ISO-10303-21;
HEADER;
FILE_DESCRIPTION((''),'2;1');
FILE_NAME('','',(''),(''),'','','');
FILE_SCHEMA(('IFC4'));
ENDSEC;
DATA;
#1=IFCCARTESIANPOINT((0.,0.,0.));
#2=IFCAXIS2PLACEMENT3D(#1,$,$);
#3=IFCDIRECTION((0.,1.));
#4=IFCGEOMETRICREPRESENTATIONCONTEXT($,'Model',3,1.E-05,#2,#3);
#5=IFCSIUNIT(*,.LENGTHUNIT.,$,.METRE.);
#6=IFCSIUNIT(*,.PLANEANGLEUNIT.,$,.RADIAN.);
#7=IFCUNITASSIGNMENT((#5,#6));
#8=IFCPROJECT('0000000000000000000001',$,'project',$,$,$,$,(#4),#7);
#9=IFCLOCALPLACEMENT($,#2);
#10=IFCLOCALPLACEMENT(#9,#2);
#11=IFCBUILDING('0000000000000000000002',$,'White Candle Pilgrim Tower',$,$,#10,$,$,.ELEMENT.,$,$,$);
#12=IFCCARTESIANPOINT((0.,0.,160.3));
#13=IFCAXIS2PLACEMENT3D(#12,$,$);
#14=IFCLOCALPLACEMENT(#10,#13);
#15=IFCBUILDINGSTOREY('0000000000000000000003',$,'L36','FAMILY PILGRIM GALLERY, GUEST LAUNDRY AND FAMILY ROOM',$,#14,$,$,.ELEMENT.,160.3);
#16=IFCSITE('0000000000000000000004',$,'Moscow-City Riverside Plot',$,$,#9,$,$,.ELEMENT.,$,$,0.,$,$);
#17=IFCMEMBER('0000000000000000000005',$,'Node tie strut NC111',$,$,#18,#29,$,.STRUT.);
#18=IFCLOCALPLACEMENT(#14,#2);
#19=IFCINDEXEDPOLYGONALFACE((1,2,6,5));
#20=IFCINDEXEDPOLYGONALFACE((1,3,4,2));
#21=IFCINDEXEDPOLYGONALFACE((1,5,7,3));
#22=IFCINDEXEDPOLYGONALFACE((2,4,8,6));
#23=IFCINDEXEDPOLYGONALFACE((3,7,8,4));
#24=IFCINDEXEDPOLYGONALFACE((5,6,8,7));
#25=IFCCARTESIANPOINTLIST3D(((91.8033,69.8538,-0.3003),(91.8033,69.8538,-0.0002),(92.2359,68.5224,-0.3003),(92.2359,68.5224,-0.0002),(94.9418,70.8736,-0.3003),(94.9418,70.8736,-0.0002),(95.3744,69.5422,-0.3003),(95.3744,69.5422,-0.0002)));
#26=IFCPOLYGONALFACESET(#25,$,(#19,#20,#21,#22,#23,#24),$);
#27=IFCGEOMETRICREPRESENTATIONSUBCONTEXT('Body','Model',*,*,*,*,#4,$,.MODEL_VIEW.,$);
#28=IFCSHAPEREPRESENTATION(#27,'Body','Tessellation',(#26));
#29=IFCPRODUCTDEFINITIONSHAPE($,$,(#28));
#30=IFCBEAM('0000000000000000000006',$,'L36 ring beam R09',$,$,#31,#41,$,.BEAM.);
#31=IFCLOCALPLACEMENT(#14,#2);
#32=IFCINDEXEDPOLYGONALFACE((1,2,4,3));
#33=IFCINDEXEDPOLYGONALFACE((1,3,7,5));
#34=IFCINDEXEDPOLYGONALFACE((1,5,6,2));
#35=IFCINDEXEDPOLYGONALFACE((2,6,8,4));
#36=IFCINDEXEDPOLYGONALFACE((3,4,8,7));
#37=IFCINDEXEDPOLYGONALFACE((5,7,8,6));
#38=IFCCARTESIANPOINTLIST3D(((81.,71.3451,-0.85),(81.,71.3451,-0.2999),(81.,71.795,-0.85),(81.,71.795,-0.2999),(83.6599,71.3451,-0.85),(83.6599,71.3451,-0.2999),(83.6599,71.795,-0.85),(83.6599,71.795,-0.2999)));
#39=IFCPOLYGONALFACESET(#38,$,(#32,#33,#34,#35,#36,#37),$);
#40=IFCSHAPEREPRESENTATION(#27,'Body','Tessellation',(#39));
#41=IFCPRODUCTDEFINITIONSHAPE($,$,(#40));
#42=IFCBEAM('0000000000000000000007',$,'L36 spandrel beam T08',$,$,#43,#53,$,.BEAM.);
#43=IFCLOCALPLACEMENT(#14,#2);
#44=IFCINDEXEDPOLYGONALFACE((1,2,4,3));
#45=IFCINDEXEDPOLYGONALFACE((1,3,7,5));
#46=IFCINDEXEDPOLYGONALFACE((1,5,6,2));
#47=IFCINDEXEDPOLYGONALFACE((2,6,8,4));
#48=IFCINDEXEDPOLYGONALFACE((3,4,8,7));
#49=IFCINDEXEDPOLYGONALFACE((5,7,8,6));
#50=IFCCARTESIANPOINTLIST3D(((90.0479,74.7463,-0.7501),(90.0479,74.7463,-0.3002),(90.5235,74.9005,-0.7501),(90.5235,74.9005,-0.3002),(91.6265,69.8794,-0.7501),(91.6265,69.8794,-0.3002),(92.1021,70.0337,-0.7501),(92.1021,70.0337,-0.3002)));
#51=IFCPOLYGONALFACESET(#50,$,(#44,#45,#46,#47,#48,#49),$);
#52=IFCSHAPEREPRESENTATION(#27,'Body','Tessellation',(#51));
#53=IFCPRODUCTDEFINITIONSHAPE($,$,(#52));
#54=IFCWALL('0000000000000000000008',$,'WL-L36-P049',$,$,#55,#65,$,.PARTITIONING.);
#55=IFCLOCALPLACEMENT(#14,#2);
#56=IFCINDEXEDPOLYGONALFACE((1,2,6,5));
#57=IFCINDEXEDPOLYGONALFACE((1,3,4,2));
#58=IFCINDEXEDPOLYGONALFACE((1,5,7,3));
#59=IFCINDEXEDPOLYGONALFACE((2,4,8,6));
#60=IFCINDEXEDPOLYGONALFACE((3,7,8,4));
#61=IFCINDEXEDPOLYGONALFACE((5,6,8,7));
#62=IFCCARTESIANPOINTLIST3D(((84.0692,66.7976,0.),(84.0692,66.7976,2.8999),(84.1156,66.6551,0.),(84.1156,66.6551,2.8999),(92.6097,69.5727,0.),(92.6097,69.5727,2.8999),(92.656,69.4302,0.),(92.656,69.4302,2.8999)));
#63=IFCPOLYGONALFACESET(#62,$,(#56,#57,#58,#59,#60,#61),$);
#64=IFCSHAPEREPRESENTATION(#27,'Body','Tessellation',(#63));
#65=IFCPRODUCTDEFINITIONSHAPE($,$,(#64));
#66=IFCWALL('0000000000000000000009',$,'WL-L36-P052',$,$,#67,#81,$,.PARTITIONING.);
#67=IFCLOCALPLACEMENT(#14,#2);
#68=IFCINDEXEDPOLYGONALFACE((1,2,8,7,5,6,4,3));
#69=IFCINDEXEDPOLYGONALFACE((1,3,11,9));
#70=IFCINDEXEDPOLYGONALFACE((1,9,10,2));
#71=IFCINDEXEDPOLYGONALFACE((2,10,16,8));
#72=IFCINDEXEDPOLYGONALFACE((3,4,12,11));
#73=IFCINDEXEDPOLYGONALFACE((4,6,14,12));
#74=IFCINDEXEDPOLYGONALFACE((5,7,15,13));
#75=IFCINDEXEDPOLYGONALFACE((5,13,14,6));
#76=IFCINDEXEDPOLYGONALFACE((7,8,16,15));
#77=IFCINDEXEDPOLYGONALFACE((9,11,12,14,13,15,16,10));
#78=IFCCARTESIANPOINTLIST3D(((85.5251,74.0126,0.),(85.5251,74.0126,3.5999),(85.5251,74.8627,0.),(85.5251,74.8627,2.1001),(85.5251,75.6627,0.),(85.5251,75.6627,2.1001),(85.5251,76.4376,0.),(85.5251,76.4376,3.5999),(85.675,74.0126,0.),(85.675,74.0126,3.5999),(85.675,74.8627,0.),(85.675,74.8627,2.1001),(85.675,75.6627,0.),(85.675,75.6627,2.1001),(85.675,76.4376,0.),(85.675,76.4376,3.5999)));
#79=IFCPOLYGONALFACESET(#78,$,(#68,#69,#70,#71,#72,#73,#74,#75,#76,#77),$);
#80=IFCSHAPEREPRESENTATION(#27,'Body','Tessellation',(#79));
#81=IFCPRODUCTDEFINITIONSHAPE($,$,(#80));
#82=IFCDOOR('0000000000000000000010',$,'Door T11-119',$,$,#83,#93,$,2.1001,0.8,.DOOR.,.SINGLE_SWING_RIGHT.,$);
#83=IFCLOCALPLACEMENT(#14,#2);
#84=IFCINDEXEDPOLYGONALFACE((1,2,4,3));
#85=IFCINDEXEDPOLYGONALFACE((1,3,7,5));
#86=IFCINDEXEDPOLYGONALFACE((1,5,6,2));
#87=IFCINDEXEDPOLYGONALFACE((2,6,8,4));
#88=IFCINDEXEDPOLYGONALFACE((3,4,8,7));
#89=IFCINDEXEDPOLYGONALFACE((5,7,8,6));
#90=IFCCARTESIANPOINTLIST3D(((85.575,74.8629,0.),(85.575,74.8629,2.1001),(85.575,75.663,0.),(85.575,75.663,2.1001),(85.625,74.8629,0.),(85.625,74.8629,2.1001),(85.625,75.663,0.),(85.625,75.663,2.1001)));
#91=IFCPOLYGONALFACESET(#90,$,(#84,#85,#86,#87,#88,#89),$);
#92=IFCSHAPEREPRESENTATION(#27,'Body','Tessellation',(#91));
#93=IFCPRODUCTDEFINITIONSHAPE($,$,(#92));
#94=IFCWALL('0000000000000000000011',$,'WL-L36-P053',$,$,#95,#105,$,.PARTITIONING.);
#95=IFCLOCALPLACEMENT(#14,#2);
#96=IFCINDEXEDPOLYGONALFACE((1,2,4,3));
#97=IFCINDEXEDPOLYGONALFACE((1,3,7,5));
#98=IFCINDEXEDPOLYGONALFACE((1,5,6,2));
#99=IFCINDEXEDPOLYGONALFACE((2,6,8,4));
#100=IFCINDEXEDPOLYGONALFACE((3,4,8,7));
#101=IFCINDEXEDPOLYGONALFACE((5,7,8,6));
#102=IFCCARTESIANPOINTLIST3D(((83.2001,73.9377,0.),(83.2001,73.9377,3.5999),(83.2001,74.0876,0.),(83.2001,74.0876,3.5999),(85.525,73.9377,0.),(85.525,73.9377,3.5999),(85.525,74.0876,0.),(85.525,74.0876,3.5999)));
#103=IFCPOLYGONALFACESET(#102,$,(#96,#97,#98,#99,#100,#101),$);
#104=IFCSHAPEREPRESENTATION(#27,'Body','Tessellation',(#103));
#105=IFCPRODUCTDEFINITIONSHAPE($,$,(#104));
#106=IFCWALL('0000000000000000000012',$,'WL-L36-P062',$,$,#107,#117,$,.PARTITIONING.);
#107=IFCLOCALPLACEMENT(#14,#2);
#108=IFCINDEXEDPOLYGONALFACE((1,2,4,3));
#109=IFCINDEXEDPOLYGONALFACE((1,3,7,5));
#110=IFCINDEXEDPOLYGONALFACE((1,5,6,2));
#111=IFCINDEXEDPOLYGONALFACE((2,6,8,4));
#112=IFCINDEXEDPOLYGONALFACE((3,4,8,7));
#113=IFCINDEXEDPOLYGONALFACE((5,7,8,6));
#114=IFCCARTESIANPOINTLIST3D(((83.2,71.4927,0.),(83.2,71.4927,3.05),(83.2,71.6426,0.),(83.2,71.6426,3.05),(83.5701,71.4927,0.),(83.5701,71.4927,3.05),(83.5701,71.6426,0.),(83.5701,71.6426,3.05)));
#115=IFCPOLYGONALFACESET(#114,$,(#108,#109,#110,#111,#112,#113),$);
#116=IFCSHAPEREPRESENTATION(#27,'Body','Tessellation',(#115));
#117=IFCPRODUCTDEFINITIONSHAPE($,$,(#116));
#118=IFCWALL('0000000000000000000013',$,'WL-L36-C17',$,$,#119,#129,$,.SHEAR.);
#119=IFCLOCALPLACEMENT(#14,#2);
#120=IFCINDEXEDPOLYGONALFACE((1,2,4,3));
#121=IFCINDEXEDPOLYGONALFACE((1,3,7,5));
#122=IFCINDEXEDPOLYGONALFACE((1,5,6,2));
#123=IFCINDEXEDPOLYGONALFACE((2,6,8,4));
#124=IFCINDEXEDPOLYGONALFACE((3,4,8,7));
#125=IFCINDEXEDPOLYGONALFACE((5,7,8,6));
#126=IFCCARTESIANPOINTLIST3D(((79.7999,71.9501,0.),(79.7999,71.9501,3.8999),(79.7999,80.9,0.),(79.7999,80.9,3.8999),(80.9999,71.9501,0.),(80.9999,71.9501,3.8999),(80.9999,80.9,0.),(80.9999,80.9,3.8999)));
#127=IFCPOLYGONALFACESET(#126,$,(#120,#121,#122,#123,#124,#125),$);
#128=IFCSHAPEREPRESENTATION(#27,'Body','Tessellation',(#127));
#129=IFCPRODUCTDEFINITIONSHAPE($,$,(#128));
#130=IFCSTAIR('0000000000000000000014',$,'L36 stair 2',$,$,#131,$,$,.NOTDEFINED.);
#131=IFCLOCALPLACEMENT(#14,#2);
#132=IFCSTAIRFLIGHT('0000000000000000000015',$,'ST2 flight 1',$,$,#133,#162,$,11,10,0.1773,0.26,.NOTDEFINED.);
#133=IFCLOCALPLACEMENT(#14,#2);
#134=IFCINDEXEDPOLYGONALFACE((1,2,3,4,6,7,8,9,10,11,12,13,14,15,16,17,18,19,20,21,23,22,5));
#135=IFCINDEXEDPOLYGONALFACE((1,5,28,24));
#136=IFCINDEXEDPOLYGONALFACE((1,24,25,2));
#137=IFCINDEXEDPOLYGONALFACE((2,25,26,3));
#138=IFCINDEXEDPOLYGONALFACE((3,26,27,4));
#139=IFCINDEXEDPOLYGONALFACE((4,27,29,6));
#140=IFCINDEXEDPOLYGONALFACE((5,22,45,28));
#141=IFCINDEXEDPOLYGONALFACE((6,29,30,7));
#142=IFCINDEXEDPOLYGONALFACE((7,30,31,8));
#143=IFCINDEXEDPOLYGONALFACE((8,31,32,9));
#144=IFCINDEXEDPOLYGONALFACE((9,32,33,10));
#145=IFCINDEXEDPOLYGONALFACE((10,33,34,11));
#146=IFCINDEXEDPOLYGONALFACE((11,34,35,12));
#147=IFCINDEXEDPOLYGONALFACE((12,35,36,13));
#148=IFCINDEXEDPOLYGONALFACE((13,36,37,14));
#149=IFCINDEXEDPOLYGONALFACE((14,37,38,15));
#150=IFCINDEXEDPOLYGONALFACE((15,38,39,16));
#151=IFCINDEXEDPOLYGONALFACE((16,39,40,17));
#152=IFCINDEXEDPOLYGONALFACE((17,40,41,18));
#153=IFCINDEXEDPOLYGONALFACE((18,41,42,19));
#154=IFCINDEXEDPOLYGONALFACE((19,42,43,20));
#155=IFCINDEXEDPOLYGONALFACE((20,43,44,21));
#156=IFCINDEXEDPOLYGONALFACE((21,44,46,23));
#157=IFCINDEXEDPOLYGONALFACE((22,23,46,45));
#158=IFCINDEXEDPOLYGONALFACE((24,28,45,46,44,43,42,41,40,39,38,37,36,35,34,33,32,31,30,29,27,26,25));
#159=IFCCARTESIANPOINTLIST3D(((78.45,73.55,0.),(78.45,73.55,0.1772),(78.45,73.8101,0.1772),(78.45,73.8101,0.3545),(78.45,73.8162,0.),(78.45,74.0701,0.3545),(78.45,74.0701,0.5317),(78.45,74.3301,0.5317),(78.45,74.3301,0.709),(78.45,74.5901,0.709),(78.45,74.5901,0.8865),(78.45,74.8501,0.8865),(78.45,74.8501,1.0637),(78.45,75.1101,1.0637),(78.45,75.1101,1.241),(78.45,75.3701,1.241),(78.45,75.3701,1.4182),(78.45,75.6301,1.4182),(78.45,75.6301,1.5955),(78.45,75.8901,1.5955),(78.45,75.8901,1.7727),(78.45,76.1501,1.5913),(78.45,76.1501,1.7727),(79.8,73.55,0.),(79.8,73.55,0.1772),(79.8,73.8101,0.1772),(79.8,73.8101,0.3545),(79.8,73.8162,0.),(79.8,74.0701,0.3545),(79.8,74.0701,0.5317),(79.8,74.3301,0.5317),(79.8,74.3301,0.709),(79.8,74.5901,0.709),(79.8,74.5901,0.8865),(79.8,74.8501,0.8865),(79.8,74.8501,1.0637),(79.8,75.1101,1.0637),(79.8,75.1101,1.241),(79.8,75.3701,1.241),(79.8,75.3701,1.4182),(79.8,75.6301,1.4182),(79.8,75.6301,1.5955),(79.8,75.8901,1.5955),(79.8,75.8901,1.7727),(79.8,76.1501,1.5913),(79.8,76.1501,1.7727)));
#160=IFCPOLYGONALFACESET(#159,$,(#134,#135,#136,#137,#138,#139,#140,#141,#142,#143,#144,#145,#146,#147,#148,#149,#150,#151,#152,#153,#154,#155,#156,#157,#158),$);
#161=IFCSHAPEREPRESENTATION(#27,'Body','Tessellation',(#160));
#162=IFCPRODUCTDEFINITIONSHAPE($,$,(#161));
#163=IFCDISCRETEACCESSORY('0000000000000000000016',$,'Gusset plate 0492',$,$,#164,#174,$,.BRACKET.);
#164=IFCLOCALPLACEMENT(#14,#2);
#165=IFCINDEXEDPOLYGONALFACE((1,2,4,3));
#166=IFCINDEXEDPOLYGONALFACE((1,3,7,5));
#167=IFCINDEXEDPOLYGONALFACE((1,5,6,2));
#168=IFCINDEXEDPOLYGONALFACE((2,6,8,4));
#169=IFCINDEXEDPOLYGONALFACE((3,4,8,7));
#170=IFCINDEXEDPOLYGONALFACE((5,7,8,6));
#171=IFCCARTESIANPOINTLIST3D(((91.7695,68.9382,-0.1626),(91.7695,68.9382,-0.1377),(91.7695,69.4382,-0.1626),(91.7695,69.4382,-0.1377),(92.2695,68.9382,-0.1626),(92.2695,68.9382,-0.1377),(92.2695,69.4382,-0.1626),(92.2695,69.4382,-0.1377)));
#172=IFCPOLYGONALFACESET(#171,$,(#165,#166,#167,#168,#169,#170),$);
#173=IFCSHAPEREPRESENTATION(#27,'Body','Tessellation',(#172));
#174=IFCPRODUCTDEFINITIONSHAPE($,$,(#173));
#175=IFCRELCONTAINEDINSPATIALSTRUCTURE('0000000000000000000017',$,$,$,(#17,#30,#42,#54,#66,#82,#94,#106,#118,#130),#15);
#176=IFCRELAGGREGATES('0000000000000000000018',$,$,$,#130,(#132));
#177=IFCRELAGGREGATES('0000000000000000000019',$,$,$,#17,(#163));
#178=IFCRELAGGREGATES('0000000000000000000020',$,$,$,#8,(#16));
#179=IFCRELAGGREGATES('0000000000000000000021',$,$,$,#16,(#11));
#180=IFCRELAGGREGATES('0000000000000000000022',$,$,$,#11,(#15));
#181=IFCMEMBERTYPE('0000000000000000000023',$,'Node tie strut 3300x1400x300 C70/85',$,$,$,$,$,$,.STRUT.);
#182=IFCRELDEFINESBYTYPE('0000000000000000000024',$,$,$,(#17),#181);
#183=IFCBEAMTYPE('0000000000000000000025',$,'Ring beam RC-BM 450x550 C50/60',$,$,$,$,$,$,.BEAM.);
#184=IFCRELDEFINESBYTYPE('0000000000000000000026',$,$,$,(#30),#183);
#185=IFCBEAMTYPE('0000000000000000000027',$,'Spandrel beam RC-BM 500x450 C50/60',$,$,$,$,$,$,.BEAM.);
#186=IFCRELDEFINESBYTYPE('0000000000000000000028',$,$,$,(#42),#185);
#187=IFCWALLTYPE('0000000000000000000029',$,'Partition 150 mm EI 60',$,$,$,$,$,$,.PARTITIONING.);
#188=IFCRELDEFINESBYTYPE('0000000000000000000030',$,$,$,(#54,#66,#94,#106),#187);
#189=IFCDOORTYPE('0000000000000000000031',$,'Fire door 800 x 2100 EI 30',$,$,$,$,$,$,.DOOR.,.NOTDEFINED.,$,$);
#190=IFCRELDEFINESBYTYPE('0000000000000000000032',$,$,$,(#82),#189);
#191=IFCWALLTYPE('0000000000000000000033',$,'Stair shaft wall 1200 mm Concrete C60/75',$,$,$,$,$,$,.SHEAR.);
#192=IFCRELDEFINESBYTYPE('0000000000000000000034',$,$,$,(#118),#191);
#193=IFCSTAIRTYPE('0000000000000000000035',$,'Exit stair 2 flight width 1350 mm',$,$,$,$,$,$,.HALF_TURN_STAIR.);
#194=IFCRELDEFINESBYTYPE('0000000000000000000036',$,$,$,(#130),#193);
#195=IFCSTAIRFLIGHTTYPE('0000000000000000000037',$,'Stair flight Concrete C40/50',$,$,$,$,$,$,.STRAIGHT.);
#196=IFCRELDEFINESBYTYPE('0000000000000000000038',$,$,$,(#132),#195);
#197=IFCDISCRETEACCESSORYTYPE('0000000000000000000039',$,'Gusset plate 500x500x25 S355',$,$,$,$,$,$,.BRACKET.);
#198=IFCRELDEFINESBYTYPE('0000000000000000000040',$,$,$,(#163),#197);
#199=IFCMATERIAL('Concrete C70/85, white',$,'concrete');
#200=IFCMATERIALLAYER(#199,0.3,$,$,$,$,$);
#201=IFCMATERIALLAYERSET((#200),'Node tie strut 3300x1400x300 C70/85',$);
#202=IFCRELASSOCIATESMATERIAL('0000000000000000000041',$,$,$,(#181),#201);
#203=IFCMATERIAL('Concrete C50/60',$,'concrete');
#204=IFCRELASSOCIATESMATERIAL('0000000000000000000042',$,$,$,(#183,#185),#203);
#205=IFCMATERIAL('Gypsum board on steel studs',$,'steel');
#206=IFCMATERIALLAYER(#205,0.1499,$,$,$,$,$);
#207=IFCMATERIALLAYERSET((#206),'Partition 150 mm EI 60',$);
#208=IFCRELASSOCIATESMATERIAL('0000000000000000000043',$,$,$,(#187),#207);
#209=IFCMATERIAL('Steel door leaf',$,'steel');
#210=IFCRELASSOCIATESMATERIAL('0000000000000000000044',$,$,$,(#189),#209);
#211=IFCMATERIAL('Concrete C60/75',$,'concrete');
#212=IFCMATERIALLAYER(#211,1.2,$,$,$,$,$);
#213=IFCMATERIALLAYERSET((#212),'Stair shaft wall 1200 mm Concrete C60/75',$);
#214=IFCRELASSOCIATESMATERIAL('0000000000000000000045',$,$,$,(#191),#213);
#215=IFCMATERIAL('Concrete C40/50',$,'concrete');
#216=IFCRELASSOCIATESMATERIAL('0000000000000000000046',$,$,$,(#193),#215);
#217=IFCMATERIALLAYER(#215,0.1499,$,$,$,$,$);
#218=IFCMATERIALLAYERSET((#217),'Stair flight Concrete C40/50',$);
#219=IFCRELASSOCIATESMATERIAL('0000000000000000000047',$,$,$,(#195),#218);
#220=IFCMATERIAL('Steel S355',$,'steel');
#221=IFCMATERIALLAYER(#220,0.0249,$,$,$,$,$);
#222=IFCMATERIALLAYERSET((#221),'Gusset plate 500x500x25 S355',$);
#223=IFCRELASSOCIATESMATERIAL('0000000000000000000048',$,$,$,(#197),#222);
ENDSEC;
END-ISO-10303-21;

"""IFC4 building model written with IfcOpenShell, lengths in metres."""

from ifc_helpers import new_model, si_unit, direction, frame, frame_2d, origin, origin_2d, place, context, subcontext, project, spatial, polyline, rectangle, outline, extrude, material, layer, layer_set, material_profile, profile_set, type_object, element, fill, aggregate, save


model = new_model("IFC4")

# Units and contexts
model_context = context("Model", 3, precision=1e-05, world=origin(), true_north=direction((0.0, 1.0)))
body_context = subcontext(model_context, "Body", "Model", "MODEL_VIEW")
ifc_project = project(units=[si_unit("LENGTHUNIT", "METRE"), si_unit("PLANEANGLEUNIT", "RADIAN")], contexts=[model_context])

# Site, building, storey
site_placement = place(None, origin())
site = spatial("IfcSite", under=ifc_project, at=site_placement, Name="Moscow-City Riverside Plot", CompositionType="ELEMENT", RefElevation=0.0)
building_placement = place(site_placement, origin())
building = spatial("IfcBuilding", under=site, at=building_placement, Name="White Candle Pilgrim Tower", CompositionType="ELEMENT")
storey_placement = place(building_placement, frame((0.0, 0.0, 160.3)))
storey = spatial("IfcBuildingStorey", under=building, at=storey_placement, Name="L36", Description="FAMILY PILGRIM GALLERY, GUEST LAUNDRY AND FAMILY ROOM", CompositionType="ELEMENT", Elevation=160.3)

# Member
ifc_material_1 = material(Name="Concrete C70/85, white", Category="concrete")
ifc_layer_1 = layer(ifc_material_1, 0.3)
ifc_layer_set_1 = layer_set([ifc_layer_1], Name="Node tie strut 3300x1400x300 C70/85")
member_type_1 = type_object("IfcMemberType", Name="Node tie strut 3300x1400x300 C70/85", PredefinedType="STRUT", material=ifc_layer_set_1)
member_1_placement = place(storey_placement, frame((93.5889, 69.698, -0.3003), z_axis=(0.0, 0.0, 1.0), x_axis=(-0.309017, 0.951057, 0.0)))
member_1 = element("IfcMember", 1, at=member_1_placement, inside=storey, type_object=member_type_1, Name="Node tie strut NC111", PredefinedType="STRUT", context=body_context, shape_type="SweptSolid", body=[
    extrude(rectangle(XDim=1.3999, YDim=3.3, at=origin_2d()), origin(), (0.0, 0.0, 1.0), 0.3),
])

# Beams
ifc_material_2 = material(Name="Concrete C50/60", Category="concrete")
ifc_material_profile_1 = material_profile(ifc_material_2, rectangle(XDim=0.45, YDim=0.55, at=origin_2d()), Name="RC-BM 450x550")
ifc_profile_set_1 = profile_set([ifc_material_profile_1], Name="Concrete C50/60")
beam_type_1 = type_object("IfcBeamType", Name="Ring beam RC-BM 450x550 C50/60", PredefinedType="BEAM", material=ifc_profile_set_1)
beam_1_placement = place(storey_placement, frame((83.6599, 71.5701, -0.575), z_axis=(-1.0, 0.0, 0.0), x_axis=(0.0, -1.0, 0.0)))
element("IfcBeam", 2, at=beam_1_placement, inside=storey, type_object=beam_type_1, Name="L36 ring beam R09", PredefinedType="BEAM", context=body_context, shape_type="SweptSolid", body=[
    extrude(rectangle(XDim=0.45, YDim=0.55, at=origin_2d()), origin(), (0.0, 0.0, 1.0), 2.6599),
])
ifc_material_profile_2 = material_profile(ifc_material_2, rectangle(XDim=0.5, YDim=0.45, at=origin_2d()), Name="RC-BM 500x450")
ifc_profile_set_2 = profile_set([ifc_material_profile_2], Name="Concrete C50/60")
beam_type_2 = type_object("IfcBeamType", Name="Spandrel beam RC-BM 500x450 C50/60", PredefinedType="BEAM", material=ifc_profile_set_2)
beam_2_placement = place(storey_placement, frame((91.8643, 69.9565, -0.5251), z_axis=(-0.30853, 0.951214, 0.0), x_axis=(-0.951214, -0.30853, 0.0)))
element("IfcBeam", 3, at=beam_2_placement, inside=storey, type_object=beam_type_2, Name="L36 spandrel beam T08", PredefinedType="BEAM", context=body_context, shape_type="SweptSolid", body=[
    extrude(rectangle(XDim=0.5, YDim=0.45, at=origin_2d()), origin(), (0.0, 0.0, 1.0), 5.1165),
])

# Wall
ifc_material_3 = material(Name="Gypsum board on steel studs", Category="steel")
ifc_layer_2 = layer(ifc_material_3, 0.1499)
ifc_layer_set_2 = layer_set([ifc_layer_2], Name="Partition 150 mm EI 60")
wall_type_1 = type_object("IfcWallType", Name="Partition 150 mm EI 60", PredefinedType="PARTITIONING", material=ifc_layer_set_2)
wall_1_placement = place(storey_placement, frame((92.6328, 69.5015, 0.0), z_axis=(0.0, 0.0, 1.0), x_axis=(-0.951051, -0.309033, 0.0)))
element("IfcWall", 4, at=wall_1_placement, inside=storey, type_object=wall_type_1, Name="WL-L36-P049", PredefinedType="PARTITIONING", context=body_context, shape_type="SweptSolid", body=[
    extrude(rectangle(XDim=8.98, YDim=0.1499, at=frame_2d((4.49, 0.0))), origin(), (0.0, 0.0, 1.0), 2.8999),
])

# Wall, opening, door
wall_2_placement = place(storey_placement, frame((85.6001, 74.0127, 0.0), z_axis=(0.0, 0.0, 1.0), x_axis=(0.0, 1.0, 0.0)))
wall_2 = element("IfcWall", 5, at=wall_2_placement, inside=storey, type_object=wall_type_1, Name="WL-L36-P052", PredefinedType="PARTITIONING", context=body_context, shape_type="SweptSolid", body=[
    extrude(rectangle(XDim=2.425, YDim=0.1499, at=frame_2d((1.2124, 0.0))), origin(), (0.0, 0.0, 1.0), 3.5999),
])
opening_placement = place(wall_2_placement, frame((0.8501, 0.0, 0.0)))
opening = element("IfcOpeningElement", 6, at=opening_placement, cuts=wall_2, PredefinedType="OPENING", context=body_context, shape_type="SweptSolid", body=[
    extrude(rectangle(XDim=0.8, YDim=2.1001, at=frame_2d((0.3999, 1.05))), frame((0.0, 0.085, 0.0), z_axis=(0.0, -1.0, 0.0), x_axis=(1.0, 0.0, 0.0)), (0.0, 0.0, 1.0), 0.1699),
])
ifc_material_4 = material(Name="Steel door leaf", Category="steel")
door_type = type_object("IfcDoorType", Name="Fire door 800 x 2100 EI 30", OperationType="NOTDEFINED", PredefinedType="DOOR", material=ifc_material_4)
door_placement = place(opening_placement, frame((0.8, 0.0, 0.0), z_axis=(0.0, 0.0, 1.0), x_axis=(-1.0, 0.0, 0.0)))
door = element("IfcDoor", 7, at=door_placement, inside=storey, type_object=door_type, Name="Door T11-119", OperationType="SINGLE_SWING_RIGHT", OverallHeight=2.1001, OverallWidth=0.8, PredefinedType="DOOR", context=body_context, shape_type="SweptSolid", body=[
    extrude(rectangle(XDim=0.8, YDim=2.1001, at=frame_2d((0.3999, 1.05))), frame((0.0, 0.0249, 0.0), z_axis=(0.0, -1.0, 0.0), x_axis=(1.0, 0.0, 0.0)), (0.0, 0.0, 1.0), 0.05),
])
fill(opening, door)

# Walls
wall_3_placement = place(storey_placement, frame((83.2, 74.0127, 0.0), z_axis=(0.0, 0.0, 1.0), x_axis=(1.0, 0.0, 0.0)))
element("IfcWall", 8, at=wall_3_placement, inside=storey, type_object=wall_type_1, Name="WL-L36-P053", PredefinedType="PARTITIONING", context=body_context, shape_type="SweptSolid", body=[
    extrude(rectangle(XDim=2.325, YDim=0.1499, at=frame_2d((1.1626, 0.0))), origin(), (0.0, 0.0, 1.0), 3.5999),
])
wall_4_placement = place(storey_placement, frame((83.5701, 71.5676, 0.0), z_axis=(0.0, 0.0, 1.0), x_axis=(-1.0, 0.0, 0.0)))
element("IfcWall", 9, at=wall_4_placement, inside=storey, type_object=wall_type_1, Name="WL-L36-P062", PredefinedType="PARTITIONING", context=body_context, shape_type="SweptSolid", body=[
    extrude(rectangle(XDim=0.3701, YDim=0.1499, at=frame_2d((0.1851, 0.0))), origin(), (0.0, 0.0, 1.0), 3.05),
])
ifc_material_5 = material(Name="Concrete C60/75", Category="concrete")
ifc_layer_3 = layer(ifc_material_5, 1.2)
ifc_layer_set_3 = layer_set([ifc_layer_3], Name="Stair shaft wall 1200 mm Concrete C60/75")
wall_type_2 = type_object("IfcWallType", Name="Stair shaft wall 1200 mm Concrete C60/75", PredefinedType="SHEAR", material=ifc_layer_set_3)
wall_5_placement = place(storey_placement, frame((80.3999, 71.95, 0.0), z_axis=(0.0, 0.0, 1.0), x_axis=(0.0, 1.0, 0.0)))
element("IfcWall", 10, at=wall_5_placement, inside=storey, type_object=wall_type_2, Name="WL-L36-C17", PredefinedType="SHEAR", context=body_context, shape_type="SweptSolid", body=[
    extrude(rectangle(XDim=8.95, YDim=1.2, at=frame_2d((4.4751, 0.0))), origin(), (0.0, 0.0, 1.0), 3.8999),
])

# Stair, stair flight
ifc_material_6 = material(Name="Concrete C40/50", Category="concrete")
stair_type = type_object("IfcStairType", Name="Exit stair 2 flight width 1350 mm", PredefinedType="HALF_TURN_STAIR", material=ifc_material_6)
stair_placement = place(storey_placement, origin())
stair = element("IfcStair", 11, at=stair_placement, inside=storey, type_object=stair_type, Name="L36 stair 2", PredefinedType="NOTDEFINED")
ifc_layer_4 = layer(ifc_material_6, 0.1499)
ifc_layer_set_4 = layer_set([ifc_layer_4], Name="Stair flight Concrete C40/50")
stair_flight_type = type_object("IfcStairFlightType", Name="Stair flight Concrete C40/50", PredefinedType="STRAIGHT", material=ifc_layer_set_4)
stair_flight_placement = place(storey_placement, frame((79.125, 73.55, 0.0), z_axis=(0.0, 0.0, 1.0), x_axis=(0.0, 1.0, 0.0)))
stair_flight = element("IfcStairFlight", 12, at=stair_flight_placement, type_object=stair_flight_type, Name="ST2 flight 1", NumberOfRisers=11, NumberOfTreads=10, PredefinedType="NOTDEFINED", RiserHeight=0.1773, TreadLength=0.26, context=body_context, shape_type="SweptSolid", body=[
    extrude(outline(polyline([(0.0, 0.0), (0.0, 0.1772), (0.26, 0.1772), (0.26, 0.3545), (0.52, 0.3545), (0.52, 0.5317), (0.78, 0.5317), (0.78, 0.709), (1.04, 0.709), (1.04, 0.8865), (1.3, 0.8865), (1.3, 1.0637), (1.5601, 1.0637), (1.5601, 1.241), (1.8201, 1.241), (1.8201, 1.4182), (2.0801, 1.4182), (2.0801, 1.5955), (2.3401, 1.5955), (2.3401, 1.7727), (2.6001, 1.7727), (2.6001, 1.95), (2.6001, 1.5913), (0.2661, 0.0), (0.0, 0.0)])), frame((0.0, 0.675, 0.0), z_axis=(0.0, -1.0, 0.0), x_axis=(1.0, 0.0, 0.0)), (0.0, 0.0, 1.0), 1.3501),
])
aggregate(stair, [stair_flight])

# Discrete accessory
ifc_material_7 = material(Name="Steel S355", Category="steel")
ifc_layer_5 = layer(ifc_material_7, 0.0249)
ifc_layer_set_5 = layer_set([ifc_layer_5], Name="Gusset plate 500x500x25 S355")
discrete_accessory_type = type_object("IfcDiscreteAccessoryType", Name="Gusset plate 500x500x25 S355", PredefinedType="BRACKET", material=ifc_layer_set_5)
discrete_accessory_1_placement = place(storey_placement, frame((92.0195, 69.1882, -0.1626), z_axis=(0.0, 0.0, 1.0), x_axis=(1.0, 0.0, 0.0)))
discrete_accessory_1 = element("IfcDiscreteAccessory", 13, at=discrete_accessory_1_placement, type_object=discrete_accessory_type, Name="Gusset plate 0492", PredefinedType="BRACKET", context=body_context, shape_type="SweptSolid", body=[
    extrude(rectangle(XDim=0.5, YDim=0.5, at=origin_2d()), origin(), (0.0, 0.0, 1.0), 0.0249),
])
aggregate(member_1, [discrete_accessory_1])

save(model, "model.ifc")
